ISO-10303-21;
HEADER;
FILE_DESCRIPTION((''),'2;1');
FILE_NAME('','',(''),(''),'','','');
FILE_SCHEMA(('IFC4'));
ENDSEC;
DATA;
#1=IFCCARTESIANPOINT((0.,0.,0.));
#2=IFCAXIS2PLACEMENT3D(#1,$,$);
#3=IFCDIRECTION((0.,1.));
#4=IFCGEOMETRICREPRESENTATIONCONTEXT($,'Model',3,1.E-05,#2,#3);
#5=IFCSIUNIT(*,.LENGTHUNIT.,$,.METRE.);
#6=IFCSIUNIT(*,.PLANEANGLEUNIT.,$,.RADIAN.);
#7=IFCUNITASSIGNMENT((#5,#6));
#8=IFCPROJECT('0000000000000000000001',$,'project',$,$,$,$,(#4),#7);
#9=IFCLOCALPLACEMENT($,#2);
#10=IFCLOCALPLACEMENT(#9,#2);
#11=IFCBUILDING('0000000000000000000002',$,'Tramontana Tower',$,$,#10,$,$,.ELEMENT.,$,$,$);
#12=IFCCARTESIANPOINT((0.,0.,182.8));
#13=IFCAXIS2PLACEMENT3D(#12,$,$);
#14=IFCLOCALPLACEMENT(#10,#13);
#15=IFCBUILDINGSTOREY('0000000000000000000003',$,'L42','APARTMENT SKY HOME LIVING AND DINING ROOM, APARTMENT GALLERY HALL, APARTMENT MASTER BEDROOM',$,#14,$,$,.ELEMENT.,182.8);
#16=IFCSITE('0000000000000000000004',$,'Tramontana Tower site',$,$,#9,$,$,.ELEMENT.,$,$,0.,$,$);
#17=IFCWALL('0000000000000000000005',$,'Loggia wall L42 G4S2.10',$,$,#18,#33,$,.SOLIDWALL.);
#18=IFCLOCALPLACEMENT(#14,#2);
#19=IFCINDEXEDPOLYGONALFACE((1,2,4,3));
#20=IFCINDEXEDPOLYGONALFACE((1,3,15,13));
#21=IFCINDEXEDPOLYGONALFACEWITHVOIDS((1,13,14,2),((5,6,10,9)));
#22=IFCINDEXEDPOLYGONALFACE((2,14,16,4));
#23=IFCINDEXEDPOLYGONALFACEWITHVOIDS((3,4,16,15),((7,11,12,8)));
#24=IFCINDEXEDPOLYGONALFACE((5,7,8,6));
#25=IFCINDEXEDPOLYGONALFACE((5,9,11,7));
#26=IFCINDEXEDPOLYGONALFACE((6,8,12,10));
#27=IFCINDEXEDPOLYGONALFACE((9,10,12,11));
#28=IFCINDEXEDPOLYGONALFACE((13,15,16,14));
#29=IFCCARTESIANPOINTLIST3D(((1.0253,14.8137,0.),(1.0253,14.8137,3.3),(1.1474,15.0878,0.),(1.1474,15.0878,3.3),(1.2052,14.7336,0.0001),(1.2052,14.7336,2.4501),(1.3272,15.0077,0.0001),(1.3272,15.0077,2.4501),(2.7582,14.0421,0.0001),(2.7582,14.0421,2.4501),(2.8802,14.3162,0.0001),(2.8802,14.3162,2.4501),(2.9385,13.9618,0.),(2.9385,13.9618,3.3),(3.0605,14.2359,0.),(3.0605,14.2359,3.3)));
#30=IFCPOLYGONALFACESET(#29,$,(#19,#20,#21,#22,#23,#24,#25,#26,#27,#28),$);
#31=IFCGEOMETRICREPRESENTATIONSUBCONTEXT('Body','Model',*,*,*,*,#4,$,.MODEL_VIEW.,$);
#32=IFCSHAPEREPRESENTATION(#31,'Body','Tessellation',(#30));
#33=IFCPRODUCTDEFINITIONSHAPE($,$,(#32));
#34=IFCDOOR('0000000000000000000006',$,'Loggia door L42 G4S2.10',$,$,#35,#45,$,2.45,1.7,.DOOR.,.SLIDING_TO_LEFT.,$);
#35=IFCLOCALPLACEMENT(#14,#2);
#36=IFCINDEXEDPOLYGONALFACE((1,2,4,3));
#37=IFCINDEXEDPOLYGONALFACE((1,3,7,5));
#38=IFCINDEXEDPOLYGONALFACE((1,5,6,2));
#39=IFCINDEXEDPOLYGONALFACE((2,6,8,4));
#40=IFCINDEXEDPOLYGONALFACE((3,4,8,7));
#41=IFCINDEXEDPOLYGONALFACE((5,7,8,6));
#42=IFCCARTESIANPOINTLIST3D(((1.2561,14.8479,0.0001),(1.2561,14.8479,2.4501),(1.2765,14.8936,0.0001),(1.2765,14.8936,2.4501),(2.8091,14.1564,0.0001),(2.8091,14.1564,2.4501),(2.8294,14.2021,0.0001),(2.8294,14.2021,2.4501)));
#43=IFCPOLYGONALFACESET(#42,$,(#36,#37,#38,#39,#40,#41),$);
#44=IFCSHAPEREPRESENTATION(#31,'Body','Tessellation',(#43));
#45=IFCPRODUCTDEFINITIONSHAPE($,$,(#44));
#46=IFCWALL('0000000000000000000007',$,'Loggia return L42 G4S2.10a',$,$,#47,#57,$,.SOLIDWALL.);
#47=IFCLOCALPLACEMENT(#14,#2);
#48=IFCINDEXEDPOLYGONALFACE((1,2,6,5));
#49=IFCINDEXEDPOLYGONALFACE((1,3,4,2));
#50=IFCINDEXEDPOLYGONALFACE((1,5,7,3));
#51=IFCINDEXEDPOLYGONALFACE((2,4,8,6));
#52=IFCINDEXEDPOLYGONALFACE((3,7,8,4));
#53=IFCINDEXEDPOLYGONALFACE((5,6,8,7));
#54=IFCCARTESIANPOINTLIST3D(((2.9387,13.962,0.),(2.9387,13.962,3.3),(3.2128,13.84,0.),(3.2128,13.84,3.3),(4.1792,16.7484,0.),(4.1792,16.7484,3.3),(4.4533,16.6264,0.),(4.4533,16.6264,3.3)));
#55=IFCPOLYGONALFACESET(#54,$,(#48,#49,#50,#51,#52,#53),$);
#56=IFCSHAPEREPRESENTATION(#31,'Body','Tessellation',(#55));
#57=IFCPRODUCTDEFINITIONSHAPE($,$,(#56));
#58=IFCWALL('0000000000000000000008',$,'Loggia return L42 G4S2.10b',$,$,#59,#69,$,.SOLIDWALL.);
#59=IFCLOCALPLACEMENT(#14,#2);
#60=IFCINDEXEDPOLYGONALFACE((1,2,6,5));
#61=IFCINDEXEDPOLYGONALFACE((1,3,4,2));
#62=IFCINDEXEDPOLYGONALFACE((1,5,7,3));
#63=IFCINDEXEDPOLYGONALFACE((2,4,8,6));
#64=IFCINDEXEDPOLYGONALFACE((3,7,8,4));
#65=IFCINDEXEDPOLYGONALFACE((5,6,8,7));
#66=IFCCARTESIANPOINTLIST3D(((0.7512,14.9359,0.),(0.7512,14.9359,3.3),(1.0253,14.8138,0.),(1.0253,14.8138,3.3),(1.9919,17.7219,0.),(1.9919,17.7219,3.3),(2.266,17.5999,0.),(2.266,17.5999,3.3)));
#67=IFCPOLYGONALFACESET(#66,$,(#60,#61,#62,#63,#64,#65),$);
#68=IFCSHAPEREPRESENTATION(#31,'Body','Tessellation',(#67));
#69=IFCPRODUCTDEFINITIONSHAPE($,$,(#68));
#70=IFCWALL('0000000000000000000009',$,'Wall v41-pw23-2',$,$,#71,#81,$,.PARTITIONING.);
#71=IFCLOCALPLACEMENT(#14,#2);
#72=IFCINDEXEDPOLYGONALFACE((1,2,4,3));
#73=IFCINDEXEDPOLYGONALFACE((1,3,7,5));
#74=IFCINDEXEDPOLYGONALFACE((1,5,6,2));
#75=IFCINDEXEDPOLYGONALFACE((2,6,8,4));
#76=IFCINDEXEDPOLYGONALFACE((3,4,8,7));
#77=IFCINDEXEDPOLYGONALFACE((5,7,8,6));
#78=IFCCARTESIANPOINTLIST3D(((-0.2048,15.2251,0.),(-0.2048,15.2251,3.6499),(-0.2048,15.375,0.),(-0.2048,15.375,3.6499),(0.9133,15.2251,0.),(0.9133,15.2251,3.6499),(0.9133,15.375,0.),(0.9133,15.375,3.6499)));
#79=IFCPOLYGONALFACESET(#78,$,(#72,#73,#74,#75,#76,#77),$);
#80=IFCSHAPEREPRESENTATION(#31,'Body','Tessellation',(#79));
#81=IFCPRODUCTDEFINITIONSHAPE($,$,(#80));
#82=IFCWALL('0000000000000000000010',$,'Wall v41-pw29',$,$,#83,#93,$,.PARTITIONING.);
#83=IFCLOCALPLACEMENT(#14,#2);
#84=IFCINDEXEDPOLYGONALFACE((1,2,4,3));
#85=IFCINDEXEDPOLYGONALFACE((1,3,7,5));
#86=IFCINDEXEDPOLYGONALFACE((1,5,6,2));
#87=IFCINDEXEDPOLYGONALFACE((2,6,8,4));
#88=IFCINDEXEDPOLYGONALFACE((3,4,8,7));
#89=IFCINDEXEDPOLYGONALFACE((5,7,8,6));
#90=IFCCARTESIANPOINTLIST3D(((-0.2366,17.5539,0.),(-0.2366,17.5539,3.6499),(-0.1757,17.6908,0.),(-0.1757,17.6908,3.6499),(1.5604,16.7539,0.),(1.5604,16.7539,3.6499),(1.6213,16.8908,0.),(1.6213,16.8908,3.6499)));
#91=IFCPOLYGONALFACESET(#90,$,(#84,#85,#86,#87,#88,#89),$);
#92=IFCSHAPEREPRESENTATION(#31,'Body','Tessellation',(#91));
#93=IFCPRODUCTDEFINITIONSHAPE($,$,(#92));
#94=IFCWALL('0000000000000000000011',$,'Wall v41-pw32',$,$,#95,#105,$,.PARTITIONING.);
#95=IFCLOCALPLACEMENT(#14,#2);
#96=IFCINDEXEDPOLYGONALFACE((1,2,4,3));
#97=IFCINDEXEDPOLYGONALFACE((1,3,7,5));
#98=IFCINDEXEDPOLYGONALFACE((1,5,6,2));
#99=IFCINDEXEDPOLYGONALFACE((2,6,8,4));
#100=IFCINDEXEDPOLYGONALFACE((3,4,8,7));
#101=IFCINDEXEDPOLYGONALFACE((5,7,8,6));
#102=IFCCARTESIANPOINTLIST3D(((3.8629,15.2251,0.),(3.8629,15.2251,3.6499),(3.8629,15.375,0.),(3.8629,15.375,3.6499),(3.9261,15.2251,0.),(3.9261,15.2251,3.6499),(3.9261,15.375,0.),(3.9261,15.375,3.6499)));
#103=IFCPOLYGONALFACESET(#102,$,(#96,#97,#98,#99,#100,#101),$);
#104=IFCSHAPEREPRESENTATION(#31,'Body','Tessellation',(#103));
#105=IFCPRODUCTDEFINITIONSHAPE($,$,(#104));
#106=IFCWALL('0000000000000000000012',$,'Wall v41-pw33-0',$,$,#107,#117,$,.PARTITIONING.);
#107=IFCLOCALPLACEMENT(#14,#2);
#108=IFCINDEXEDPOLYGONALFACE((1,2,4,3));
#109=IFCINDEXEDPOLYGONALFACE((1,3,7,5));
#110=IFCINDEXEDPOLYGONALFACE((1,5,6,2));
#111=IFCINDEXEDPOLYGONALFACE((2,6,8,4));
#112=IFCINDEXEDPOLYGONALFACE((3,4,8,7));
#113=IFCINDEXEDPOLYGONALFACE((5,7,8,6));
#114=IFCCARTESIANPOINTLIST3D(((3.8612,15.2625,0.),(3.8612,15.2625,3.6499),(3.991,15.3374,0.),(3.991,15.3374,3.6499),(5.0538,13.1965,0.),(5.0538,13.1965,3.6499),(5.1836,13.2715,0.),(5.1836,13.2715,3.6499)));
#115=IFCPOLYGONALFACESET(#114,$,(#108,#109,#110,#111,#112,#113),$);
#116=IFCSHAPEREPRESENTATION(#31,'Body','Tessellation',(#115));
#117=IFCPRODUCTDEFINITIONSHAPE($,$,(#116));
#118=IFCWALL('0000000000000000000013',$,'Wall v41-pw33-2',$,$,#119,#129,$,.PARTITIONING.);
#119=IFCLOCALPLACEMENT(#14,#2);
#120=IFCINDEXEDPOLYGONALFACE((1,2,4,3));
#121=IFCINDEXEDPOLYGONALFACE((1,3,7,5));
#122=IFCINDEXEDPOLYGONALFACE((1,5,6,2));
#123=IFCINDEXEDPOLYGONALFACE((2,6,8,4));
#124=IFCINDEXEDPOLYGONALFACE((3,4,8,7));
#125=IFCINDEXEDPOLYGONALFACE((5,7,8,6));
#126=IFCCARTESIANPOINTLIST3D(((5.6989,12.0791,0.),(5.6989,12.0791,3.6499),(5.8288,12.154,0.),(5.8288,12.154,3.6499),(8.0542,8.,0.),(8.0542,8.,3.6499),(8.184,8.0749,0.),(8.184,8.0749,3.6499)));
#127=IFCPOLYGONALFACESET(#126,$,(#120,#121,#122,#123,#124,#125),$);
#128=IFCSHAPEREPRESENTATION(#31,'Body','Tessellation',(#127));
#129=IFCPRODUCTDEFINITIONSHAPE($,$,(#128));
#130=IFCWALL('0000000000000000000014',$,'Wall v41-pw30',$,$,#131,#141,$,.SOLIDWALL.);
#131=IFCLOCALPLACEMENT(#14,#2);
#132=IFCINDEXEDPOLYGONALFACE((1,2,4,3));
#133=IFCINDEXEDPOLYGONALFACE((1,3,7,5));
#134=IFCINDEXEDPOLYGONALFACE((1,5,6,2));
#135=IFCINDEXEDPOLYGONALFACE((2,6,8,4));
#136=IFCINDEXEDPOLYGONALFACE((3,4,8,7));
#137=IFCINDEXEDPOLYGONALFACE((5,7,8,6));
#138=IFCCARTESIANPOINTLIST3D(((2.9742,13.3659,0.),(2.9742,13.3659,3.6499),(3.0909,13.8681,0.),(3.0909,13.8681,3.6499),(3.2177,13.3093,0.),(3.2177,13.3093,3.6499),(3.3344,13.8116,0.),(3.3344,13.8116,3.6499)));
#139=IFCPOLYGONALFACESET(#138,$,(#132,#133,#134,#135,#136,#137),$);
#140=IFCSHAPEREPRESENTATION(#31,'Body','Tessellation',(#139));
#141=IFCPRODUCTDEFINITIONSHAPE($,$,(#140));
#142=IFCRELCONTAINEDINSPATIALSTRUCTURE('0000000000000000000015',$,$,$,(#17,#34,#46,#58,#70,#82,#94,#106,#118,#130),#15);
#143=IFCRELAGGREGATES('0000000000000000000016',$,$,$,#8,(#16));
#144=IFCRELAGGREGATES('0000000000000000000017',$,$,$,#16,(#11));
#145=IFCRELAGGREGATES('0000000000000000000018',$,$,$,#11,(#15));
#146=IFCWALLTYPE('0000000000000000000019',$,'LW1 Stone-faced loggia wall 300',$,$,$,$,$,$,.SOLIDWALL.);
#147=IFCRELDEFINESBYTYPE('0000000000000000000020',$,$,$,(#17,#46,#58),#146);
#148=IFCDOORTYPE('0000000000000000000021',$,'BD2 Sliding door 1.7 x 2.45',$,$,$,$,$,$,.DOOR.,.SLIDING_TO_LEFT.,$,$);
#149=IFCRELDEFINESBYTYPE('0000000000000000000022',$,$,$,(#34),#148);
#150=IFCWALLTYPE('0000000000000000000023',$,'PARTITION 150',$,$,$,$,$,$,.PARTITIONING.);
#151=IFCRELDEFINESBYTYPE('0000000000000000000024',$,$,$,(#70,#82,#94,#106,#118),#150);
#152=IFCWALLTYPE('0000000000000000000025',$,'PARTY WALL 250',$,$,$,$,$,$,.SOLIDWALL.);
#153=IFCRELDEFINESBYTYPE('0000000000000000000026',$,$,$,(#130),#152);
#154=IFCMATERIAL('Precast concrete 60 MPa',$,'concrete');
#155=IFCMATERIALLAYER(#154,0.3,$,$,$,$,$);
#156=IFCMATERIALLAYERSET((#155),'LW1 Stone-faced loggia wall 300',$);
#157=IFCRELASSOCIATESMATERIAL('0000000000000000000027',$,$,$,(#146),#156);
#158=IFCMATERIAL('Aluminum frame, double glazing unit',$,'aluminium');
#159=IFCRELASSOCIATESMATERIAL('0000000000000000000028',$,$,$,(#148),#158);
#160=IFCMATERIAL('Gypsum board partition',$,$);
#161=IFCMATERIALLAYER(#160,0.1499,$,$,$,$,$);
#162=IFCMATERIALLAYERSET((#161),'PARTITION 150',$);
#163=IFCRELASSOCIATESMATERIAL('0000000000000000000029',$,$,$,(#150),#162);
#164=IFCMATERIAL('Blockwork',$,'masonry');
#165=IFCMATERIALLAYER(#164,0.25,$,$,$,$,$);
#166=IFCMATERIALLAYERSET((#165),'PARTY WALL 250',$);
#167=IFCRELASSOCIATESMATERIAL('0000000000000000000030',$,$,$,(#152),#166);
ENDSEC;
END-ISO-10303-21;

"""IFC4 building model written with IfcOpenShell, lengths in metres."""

from ifc_helpers import new_model, si_unit, direction, frame, frame_2d, origin, place, context, subcontext, project, spatial, rectangle, extrude, material, layer, layer_set, type_object, element, fill, save


model = new_model("IFC4")

# Units and contexts
model_context = context("Model", 3, precision=1e-05, world=origin(), true_north=direction((0.0, 1.0)))
body_context = subcontext(model_context, "Body", "Model", "MODEL_VIEW")
ifc_project = project(units=[si_unit("LENGTHUNIT", "METRE"), si_unit("PLANEANGLEUNIT", "RADIAN")], contexts=[model_context])

# Site, building, storey
site_placement = place(None, origin())
site = spatial("IfcSite", under=ifc_project, at=site_placement, Name="Tramontana Tower site", CompositionType="ELEMENT", RefElevation=0.0)
building_placement = place(site_placement, origin())
building = spatial("IfcBuilding", under=site, at=building_placement, Name="Tramontana Tower", CompositionType="ELEMENT")
storey_placement = place(building_placement, frame((0.0, 0.0, 182.8)))
storey = spatial("IfcBuildingStorey", under=building, at=storey_placement, Name="L42", Description="APARTMENT SKY HOME LIVING AND DINING ROOM, APARTMENT GALLERY HALL, APARTMENT MASTER BEDROOM", CompositionType="ELEMENT", Elevation=182.8)

# Wall, opening, door
ifc_material_1 = material(Name="Precast concrete 60 MPa", Category="concrete")
ifc_layer_1 = layer(ifc_material_1, 0.3)
ifc_layer_set_1 = layer_set([ifc_layer_1], Name="LW1 Stone-faced loggia wall 300")
wall_type_1 = type_object("IfcWallType", Name="LW1 Stone-faced loggia wall 300", PredefinedType="SOLIDWALL", material=ifc_layer_set_1)
wall_1_placement = place(storey_placement, frame((2.9995, 14.0989, 0.0), z_axis=(0.0, 0.0, 1.0), x_axis=(-0.913537, 0.406755, 0.0)))
wall_1 = element("IfcWall", 1, at=wall_1_placement, inside=storey, type_object=wall_type_1, Name="Loggia wall L42 G4S2.10", PredefinedType="SOLIDWALL", context=body_context, shape_type="SweptSolid", body=[
    extrude(rectangle(XDim=2.0942, YDim=0.3, at=frame_2d((1.0471, 0.0))), origin(), (0.0, 0.0, 1.0), 3.3),
])
opening_1_placement = place(wall_1_placement, frame((0.1973, 0.0, 0.0)))
opening_1 = element("IfcOpeningElement", 2, at=opening_1_placement, cuts=wall_1, PredefinedType="OPENING", context=body_context, shape_type="SweptSolid", body=[
    extrude(rectangle(XDim=1.7, YDim=2.45, at=frame_2d((0.8501, 1.2251))), frame((0.0, 0.1599, 0.0), z_axis=(0.0, -1.0, 0.0), x_axis=(1.0, 0.0, 0.0)), (0.0, 0.0, 1.0), 0.3201),
])
ifc_material_2 = material(Name="Aluminum frame, double glazing unit", Category="aluminium")
door_type_1 = type_object("IfcDoorType", Name="BD2 Sliding door 1.7 x 2.45", OperationType="SLIDING_TO_LEFT", PredefinedType="DOOR", material=ifc_material_2)
door_1_placement = place(opening_1_placement, origin())
door_1 = element("IfcDoor", 3, at=door_1_placement, inside=storey, type_object=door_type_1, Name="Loggia door L42 G4S2.10", OperationType="SLIDING_TO_LEFT", OverallHeight=2.45, OverallWidth=1.7, PredefinedType="DOOR", context=body_context, shape_type="SweptSolid", body=[
    extrude(rectangle(XDim=1.7, YDim=2.45, at=frame_2d((0.8501, 1.2251))), frame((0.0, 0.0249, 0.0), z_axis=(0.0, -1.0, 0.0), x_axis=(1.0, 0.0, 0.0)), (0.0, 0.0, 1.0), 0.05),
])
fill(opening_1, door_1)

# Walls
wall_2_placement = place(storey_placement, frame((4.3162, 16.6873, 0.0), z_axis=(0.0, 0.0, 1.0), x_axis=(-0.40671, -0.913557, 0.0)))
element("IfcWall", 4, at=wall_2_placement, inside=storey, type_object=wall_type_1, Name="Loggia return L42 G4S2.10a", PredefinedType="SOLIDWALL", context=body_context, shape_type="SweptSolid", body=[
    extrude(rectangle(XDim=3.05, YDim=0.3, at=frame_2d((1.5249, 0.0))), origin(), (0.0, 0.0, 1.0), 3.3),
])
wall_3_placement = place(storey_placement, frame((2.1289, 17.6609, 0.0), z_axis=(0.0, 0.0, 1.0), x_axis=(-0.406807, -0.913514, 0.0)))
element("IfcWall", 5, at=wall_3_placement, inside=storey, type_object=wall_type_1, Name="Loggia return L42 G4S2.10b", PredefinedType="SOLIDWALL", context=body_context, shape_type="SweptSolid", body=[
    extrude(rectangle(XDim=3.0498, YDim=0.3, at=frame_2d((1.5249, 0.0))), origin(), (0.0, 0.0, 1.0), 3.3),
])
ifc_material_3 = material(Name="Gypsum board partition")
ifc_layer_2 = layer(ifc_material_3, 0.1499)
ifc_layer_set_2 = layer_set([ifc_layer_2], Name="PARTITION 150")
wall_type_2 = type_object("IfcWallType", Name="PARTITION 150", PredefinedType="PARTITIONING", material=ifc_layer_set_2)
wall_4_placement = place(storey_placement, frame((-0.2048, 15.3, 0.0), z_axis=(0.0, 0.0, 1.0), x_axis=(1.0, 0.0, 0.0)))
element("IfcWall", 6, at=wall_4_placement, inside=storey, type_object=wall_type_2, Name="Wall v41-pw23-2", PredefinedType="PARTITIONING", context=body_context, shape_type="SweptSolid", body=[
    extrude(rectangle(XDim=1.1182, YDim=0.1499, at=frame_2d((0.5591, 0.0))), origin(), (0.0, 0.0, 1.0), 3.6499),
])
wall_5_placement = place(storey_placement, frame((-0.2061, 17.6223, 0.0), z_axis=(0.0, 0.0, 1.0), x_axis=(0.913561, -0.406703, 0.0)))
element("IfcWall", 7, at=wall_5_placement, inside=storey, type_object=wall_type_2, Name="Wall v41-pw29", PredefinedType="PARTITIONING", context=body_context, shape_type="SweptSolid", body=[
    extrude(rectangle(XDim=1.967, YDim=0.1499, at=frame_2d((0.9834, 0.0))), origin(), (0.0, 0.0, 1.0), 3.6499),
])
wall_6_placement = place(storey_placement, frame((3.8628, 15.3, 0.0), z_axis=(0.0, 0.0, 1.0), x_axis=(1.0, 0.0, 0.0)))
element("IfcWall", 8, at=wall_6_placement, inside=storey, type_object=wall_type_2, Name="Wall v41-pw32", PredefinedType="PARTITIONING", context=body_context, shape_type="SweptSolid", body=[
    extrude(rectangle(XDim=0.0632, YDim=0.1499, at=frame_2d((0.0317, 0.0))), origin(), (0.0, 0.0, 1.0), 3.6499),
])
wall_7_placement = place(storey_placement, frame((3.926, 15.3, 0.0), z_axis=(0.0, 0.0, 1.0), x_axis=(0.499959, -0.866049, 0.0)))
element("IfcWall", 9, at=wall_7_placement, inside=storey, type_object=wall_type_2, Name="Wall v41-pw33-0", PredefinedType="PARTITIONING", context=body_context, shape_type="SweptSolid", body=[
    extrude(rectangle(XDim=2.3855, YDim=0.1499, at=frame_2d((1.1929, 0.0))), origin(), (0.0, 0.0, 1.0), 3.6499),
])

# Walls
wall_8_placement = place(storey_placement, frame((5.7639, 12.1165, 0.0), z_axis=(0.0, 0.0, 1.0), x_axis=(0.500025, -0.866011, 0.0)))
element("IfcWall", 10, at=wall_8_placement, inside=storey, type_object=wall_type_2, Name="Wall v41-pw33-2", PredefinedType="PARTITIONING", context=body_context, shape_type="SweptSolid", body=[
    extrude(rectangle(XDim=4.7102, YDim=0.1499, at=frame_2d((2.355, 0.0))), origin(), (0.0, 0.0, 1.0), 3.6499),
])
ifc_material_4 = material(Name="Blockwork", Category="masonry")
ifc_layer_3 = layer(ifc_material_4, 0.25)
ifc_layer_set_3 = layer_set([ifc_layer_3], Name="PARTY WALL 250")
wall_type_3 = type_object("IfcWallType", Name="PARTY WALL 250", PredefinedType="SOLIDWALL", material=ifc_layer_set_3)
wall_9_placement = place(storey_placement, frame((3.2126, 13.8398, 0.0), z_axis=(0.0, 0.0, 1.0), x_axis=(-0.226346, -0.974047, 0.0)))
element("IfcWall", 11, at=wall_9_placement, inside=storey, type_object=wall_type_3, Name="Wall v41-pw30", PredefinedType="SOLIDWALL", context=body_context, shape_type="SweptSolid", body=[
    extrude(rectangle(XDim=0.5156, YDim=0.25, at=frame_2d((0.2578, 0.0))), origin(), (0.0, 0.0, 1.0), 3.6499),
])

save(model, "model.ifc")
